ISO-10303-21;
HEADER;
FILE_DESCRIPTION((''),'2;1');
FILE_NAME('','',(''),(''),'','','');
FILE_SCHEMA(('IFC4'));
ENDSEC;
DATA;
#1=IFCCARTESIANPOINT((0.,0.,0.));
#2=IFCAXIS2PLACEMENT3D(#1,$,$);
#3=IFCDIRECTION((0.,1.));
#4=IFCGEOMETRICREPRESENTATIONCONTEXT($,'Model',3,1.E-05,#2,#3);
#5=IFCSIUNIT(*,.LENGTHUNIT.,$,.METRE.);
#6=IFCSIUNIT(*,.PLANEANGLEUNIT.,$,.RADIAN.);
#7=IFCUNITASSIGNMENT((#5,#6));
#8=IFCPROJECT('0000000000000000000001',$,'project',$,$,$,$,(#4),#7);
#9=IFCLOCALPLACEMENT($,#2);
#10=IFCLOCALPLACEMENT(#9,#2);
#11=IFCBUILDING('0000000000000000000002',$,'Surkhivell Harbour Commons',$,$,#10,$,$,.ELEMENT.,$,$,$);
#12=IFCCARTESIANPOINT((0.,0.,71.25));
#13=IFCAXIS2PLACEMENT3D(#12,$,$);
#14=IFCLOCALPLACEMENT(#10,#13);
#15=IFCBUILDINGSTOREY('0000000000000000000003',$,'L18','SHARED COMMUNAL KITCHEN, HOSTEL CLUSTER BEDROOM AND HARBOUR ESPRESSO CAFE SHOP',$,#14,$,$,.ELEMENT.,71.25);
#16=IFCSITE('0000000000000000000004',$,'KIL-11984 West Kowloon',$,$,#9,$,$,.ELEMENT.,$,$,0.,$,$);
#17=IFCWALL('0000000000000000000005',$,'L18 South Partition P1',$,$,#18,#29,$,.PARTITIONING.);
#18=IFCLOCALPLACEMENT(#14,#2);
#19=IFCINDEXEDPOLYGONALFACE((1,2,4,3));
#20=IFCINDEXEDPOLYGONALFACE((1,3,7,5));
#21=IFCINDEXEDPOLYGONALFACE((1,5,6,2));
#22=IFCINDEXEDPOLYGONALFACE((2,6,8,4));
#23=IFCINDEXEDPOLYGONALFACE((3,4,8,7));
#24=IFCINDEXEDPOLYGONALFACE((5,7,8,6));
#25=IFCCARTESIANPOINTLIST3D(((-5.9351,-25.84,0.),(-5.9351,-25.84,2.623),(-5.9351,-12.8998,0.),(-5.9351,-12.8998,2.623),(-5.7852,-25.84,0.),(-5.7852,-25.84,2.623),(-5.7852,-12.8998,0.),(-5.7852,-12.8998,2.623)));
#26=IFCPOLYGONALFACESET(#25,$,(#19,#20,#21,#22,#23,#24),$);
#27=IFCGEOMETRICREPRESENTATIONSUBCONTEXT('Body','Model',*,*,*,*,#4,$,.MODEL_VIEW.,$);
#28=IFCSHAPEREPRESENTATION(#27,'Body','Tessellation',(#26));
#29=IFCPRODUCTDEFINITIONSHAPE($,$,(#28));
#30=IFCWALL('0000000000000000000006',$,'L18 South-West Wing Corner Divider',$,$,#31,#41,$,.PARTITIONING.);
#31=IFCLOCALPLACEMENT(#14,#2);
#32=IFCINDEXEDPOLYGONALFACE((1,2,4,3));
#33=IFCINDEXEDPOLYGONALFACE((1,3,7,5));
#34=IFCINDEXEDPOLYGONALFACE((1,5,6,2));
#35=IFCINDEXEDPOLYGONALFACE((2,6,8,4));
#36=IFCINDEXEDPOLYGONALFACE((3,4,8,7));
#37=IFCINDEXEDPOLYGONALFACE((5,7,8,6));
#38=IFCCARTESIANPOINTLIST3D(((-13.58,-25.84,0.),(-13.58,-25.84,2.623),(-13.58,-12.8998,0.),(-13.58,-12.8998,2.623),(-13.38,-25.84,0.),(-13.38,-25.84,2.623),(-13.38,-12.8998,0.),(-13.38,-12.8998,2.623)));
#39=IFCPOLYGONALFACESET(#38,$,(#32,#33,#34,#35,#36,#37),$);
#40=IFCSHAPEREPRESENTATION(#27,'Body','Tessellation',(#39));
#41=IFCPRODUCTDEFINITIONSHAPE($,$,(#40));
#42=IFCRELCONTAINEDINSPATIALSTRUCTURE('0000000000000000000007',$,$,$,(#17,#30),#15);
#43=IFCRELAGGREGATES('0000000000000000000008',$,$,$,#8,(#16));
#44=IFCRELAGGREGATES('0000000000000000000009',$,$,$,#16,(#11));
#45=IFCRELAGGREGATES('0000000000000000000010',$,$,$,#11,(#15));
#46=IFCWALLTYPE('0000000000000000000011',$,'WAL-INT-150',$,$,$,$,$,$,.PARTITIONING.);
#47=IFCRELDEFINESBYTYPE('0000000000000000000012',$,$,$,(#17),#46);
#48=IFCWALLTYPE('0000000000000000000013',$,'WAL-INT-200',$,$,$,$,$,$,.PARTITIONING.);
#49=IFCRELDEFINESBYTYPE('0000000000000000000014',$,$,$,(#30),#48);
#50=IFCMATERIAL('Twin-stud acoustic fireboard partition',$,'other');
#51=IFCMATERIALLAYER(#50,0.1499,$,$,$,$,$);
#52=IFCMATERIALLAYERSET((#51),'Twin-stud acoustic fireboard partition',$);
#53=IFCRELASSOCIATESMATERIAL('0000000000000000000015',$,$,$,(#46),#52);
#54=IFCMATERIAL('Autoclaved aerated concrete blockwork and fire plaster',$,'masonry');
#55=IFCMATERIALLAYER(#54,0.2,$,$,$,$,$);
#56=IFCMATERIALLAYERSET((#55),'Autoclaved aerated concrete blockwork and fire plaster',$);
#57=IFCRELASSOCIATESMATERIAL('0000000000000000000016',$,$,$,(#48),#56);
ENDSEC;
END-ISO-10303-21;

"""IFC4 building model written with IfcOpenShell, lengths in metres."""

from ifc_helpers import new_model, si_unit, direction, frame, frame_2d, origin, place, context, subcontext, project, spatial, rectangle, extrude, material, layer, layer_set, type_object, element, save


model = new_model("IFC4")

# Units and contexts
model_context = context("Model", 3, precision=1e-05, world=origin(), true_north=direction((0.0, 1.0)))
body_context = subcontext(model_context, "Body", "Model", "MODEL_VIEW")
ifc_project = project(units=[si_unit("LENGTHUNIT", "METRE"), si_unit("PLANEANGLEUNIT", "RADIAN")], contexts=[model_context])

# Site, building, storey
site_placement = place(None, origin())
site = spatial("IfcSite", under=ifc_project, at=site_placement, Name="KIL-11984 West Kowloon", CompositionType="ELEMENT", RefElevation=0.0)
building_placement = place(site_placement, origin())
building = spatial("IfcBuilding", under=site, at=building_placement, Name="Surkhivell Harbour Commons", CompositionType="ELEMENT")
storey_placement = place(building_placement, frame((0.0, 0.0, 71.25)))
storey = spatial("IfcBuildingStorey", under=building, at=storey_placement, Name="L18", Description="SHARED COMMUNAL KITCHEN, HOSTEL CLUSTER BEDROOM AND HARBOUR ESPRESSO CAFE SHOP", CompositionType="ELEMENT", Elevation=71.25)

# Walls
ifc_material_1 = material(Name="Twin-stud acoustic fireboard partition", Category="other")
ifc_layer_1 = layer(ifc_material_1, 0.1499)
ifc_layer_set_1 = layer_set([ifc_layer_1], Name="Twin-stud acoustic fireboard partition")
wall_type_1 = type_object("IfcWallType", Name="WAL-INT-150", PredefinedType="PARTITIONING", material=ifc_layer_set_1)
wall_1_placement = place(storey_placement, frame((-5.8601, -25.8401, 0.0), z_axis=(0.0, 0.0, 1.0), x_axis=(0.0, 1.0, 0.0)))
element("IfcWall", 1, at=wall_1_placement, inside=storey, type_object=wall_type_1, Name="L18 South Partition P1", PredefinedType="PARTITIONING", context=body_context, shape_type="SweptSolid", body=[
    extrude(rectangle(XDim=12.9402, YDim=0.1499, at=frame_2d((6.4702, 0.0))), origin(), (0.0, 0.0, 1.0), 2.623),
])
ifc_material_2 = material(Name="Autoclaved aerated concrete blockwork and fire plaster", Category="masonry")
ifc_layer_2 = layer(ifc_material_2, 0.2)
ifc_layer_set_2 = layer_set([ifc_layer_2], Name="Autoclaved aerated concrete blockwork and fire plaster")
wall_type_2 = type_object("IfcWallType", Name="WAL-INT-200", PredefinedType="PARTITIONING", material=ifc_layer_set_2)
wall_2_placement = place(storey_placement, frame((-13.48, -25.8401, 0.0), z_axis=(0.0, 0.0, 1.0), x_axis=(0.0, 1.0, 0.0)))
element("IfcWall", 2, at=wall_2_placement, inside=storey, type_object=wall_type_2, Name="L18 South-West Wing Corner Divider", PredefinedType="PARTITIONING", context=body_context, shape_type="SweptSolid", body=[
    extrude(rectangle(XDim=12.9402, YDim=0.2, at=frame_2d((6.4702, 0.0))), origin(), (0.0, 0.0, 1.0), 2.623),
])

save(model, "model.ifc")
